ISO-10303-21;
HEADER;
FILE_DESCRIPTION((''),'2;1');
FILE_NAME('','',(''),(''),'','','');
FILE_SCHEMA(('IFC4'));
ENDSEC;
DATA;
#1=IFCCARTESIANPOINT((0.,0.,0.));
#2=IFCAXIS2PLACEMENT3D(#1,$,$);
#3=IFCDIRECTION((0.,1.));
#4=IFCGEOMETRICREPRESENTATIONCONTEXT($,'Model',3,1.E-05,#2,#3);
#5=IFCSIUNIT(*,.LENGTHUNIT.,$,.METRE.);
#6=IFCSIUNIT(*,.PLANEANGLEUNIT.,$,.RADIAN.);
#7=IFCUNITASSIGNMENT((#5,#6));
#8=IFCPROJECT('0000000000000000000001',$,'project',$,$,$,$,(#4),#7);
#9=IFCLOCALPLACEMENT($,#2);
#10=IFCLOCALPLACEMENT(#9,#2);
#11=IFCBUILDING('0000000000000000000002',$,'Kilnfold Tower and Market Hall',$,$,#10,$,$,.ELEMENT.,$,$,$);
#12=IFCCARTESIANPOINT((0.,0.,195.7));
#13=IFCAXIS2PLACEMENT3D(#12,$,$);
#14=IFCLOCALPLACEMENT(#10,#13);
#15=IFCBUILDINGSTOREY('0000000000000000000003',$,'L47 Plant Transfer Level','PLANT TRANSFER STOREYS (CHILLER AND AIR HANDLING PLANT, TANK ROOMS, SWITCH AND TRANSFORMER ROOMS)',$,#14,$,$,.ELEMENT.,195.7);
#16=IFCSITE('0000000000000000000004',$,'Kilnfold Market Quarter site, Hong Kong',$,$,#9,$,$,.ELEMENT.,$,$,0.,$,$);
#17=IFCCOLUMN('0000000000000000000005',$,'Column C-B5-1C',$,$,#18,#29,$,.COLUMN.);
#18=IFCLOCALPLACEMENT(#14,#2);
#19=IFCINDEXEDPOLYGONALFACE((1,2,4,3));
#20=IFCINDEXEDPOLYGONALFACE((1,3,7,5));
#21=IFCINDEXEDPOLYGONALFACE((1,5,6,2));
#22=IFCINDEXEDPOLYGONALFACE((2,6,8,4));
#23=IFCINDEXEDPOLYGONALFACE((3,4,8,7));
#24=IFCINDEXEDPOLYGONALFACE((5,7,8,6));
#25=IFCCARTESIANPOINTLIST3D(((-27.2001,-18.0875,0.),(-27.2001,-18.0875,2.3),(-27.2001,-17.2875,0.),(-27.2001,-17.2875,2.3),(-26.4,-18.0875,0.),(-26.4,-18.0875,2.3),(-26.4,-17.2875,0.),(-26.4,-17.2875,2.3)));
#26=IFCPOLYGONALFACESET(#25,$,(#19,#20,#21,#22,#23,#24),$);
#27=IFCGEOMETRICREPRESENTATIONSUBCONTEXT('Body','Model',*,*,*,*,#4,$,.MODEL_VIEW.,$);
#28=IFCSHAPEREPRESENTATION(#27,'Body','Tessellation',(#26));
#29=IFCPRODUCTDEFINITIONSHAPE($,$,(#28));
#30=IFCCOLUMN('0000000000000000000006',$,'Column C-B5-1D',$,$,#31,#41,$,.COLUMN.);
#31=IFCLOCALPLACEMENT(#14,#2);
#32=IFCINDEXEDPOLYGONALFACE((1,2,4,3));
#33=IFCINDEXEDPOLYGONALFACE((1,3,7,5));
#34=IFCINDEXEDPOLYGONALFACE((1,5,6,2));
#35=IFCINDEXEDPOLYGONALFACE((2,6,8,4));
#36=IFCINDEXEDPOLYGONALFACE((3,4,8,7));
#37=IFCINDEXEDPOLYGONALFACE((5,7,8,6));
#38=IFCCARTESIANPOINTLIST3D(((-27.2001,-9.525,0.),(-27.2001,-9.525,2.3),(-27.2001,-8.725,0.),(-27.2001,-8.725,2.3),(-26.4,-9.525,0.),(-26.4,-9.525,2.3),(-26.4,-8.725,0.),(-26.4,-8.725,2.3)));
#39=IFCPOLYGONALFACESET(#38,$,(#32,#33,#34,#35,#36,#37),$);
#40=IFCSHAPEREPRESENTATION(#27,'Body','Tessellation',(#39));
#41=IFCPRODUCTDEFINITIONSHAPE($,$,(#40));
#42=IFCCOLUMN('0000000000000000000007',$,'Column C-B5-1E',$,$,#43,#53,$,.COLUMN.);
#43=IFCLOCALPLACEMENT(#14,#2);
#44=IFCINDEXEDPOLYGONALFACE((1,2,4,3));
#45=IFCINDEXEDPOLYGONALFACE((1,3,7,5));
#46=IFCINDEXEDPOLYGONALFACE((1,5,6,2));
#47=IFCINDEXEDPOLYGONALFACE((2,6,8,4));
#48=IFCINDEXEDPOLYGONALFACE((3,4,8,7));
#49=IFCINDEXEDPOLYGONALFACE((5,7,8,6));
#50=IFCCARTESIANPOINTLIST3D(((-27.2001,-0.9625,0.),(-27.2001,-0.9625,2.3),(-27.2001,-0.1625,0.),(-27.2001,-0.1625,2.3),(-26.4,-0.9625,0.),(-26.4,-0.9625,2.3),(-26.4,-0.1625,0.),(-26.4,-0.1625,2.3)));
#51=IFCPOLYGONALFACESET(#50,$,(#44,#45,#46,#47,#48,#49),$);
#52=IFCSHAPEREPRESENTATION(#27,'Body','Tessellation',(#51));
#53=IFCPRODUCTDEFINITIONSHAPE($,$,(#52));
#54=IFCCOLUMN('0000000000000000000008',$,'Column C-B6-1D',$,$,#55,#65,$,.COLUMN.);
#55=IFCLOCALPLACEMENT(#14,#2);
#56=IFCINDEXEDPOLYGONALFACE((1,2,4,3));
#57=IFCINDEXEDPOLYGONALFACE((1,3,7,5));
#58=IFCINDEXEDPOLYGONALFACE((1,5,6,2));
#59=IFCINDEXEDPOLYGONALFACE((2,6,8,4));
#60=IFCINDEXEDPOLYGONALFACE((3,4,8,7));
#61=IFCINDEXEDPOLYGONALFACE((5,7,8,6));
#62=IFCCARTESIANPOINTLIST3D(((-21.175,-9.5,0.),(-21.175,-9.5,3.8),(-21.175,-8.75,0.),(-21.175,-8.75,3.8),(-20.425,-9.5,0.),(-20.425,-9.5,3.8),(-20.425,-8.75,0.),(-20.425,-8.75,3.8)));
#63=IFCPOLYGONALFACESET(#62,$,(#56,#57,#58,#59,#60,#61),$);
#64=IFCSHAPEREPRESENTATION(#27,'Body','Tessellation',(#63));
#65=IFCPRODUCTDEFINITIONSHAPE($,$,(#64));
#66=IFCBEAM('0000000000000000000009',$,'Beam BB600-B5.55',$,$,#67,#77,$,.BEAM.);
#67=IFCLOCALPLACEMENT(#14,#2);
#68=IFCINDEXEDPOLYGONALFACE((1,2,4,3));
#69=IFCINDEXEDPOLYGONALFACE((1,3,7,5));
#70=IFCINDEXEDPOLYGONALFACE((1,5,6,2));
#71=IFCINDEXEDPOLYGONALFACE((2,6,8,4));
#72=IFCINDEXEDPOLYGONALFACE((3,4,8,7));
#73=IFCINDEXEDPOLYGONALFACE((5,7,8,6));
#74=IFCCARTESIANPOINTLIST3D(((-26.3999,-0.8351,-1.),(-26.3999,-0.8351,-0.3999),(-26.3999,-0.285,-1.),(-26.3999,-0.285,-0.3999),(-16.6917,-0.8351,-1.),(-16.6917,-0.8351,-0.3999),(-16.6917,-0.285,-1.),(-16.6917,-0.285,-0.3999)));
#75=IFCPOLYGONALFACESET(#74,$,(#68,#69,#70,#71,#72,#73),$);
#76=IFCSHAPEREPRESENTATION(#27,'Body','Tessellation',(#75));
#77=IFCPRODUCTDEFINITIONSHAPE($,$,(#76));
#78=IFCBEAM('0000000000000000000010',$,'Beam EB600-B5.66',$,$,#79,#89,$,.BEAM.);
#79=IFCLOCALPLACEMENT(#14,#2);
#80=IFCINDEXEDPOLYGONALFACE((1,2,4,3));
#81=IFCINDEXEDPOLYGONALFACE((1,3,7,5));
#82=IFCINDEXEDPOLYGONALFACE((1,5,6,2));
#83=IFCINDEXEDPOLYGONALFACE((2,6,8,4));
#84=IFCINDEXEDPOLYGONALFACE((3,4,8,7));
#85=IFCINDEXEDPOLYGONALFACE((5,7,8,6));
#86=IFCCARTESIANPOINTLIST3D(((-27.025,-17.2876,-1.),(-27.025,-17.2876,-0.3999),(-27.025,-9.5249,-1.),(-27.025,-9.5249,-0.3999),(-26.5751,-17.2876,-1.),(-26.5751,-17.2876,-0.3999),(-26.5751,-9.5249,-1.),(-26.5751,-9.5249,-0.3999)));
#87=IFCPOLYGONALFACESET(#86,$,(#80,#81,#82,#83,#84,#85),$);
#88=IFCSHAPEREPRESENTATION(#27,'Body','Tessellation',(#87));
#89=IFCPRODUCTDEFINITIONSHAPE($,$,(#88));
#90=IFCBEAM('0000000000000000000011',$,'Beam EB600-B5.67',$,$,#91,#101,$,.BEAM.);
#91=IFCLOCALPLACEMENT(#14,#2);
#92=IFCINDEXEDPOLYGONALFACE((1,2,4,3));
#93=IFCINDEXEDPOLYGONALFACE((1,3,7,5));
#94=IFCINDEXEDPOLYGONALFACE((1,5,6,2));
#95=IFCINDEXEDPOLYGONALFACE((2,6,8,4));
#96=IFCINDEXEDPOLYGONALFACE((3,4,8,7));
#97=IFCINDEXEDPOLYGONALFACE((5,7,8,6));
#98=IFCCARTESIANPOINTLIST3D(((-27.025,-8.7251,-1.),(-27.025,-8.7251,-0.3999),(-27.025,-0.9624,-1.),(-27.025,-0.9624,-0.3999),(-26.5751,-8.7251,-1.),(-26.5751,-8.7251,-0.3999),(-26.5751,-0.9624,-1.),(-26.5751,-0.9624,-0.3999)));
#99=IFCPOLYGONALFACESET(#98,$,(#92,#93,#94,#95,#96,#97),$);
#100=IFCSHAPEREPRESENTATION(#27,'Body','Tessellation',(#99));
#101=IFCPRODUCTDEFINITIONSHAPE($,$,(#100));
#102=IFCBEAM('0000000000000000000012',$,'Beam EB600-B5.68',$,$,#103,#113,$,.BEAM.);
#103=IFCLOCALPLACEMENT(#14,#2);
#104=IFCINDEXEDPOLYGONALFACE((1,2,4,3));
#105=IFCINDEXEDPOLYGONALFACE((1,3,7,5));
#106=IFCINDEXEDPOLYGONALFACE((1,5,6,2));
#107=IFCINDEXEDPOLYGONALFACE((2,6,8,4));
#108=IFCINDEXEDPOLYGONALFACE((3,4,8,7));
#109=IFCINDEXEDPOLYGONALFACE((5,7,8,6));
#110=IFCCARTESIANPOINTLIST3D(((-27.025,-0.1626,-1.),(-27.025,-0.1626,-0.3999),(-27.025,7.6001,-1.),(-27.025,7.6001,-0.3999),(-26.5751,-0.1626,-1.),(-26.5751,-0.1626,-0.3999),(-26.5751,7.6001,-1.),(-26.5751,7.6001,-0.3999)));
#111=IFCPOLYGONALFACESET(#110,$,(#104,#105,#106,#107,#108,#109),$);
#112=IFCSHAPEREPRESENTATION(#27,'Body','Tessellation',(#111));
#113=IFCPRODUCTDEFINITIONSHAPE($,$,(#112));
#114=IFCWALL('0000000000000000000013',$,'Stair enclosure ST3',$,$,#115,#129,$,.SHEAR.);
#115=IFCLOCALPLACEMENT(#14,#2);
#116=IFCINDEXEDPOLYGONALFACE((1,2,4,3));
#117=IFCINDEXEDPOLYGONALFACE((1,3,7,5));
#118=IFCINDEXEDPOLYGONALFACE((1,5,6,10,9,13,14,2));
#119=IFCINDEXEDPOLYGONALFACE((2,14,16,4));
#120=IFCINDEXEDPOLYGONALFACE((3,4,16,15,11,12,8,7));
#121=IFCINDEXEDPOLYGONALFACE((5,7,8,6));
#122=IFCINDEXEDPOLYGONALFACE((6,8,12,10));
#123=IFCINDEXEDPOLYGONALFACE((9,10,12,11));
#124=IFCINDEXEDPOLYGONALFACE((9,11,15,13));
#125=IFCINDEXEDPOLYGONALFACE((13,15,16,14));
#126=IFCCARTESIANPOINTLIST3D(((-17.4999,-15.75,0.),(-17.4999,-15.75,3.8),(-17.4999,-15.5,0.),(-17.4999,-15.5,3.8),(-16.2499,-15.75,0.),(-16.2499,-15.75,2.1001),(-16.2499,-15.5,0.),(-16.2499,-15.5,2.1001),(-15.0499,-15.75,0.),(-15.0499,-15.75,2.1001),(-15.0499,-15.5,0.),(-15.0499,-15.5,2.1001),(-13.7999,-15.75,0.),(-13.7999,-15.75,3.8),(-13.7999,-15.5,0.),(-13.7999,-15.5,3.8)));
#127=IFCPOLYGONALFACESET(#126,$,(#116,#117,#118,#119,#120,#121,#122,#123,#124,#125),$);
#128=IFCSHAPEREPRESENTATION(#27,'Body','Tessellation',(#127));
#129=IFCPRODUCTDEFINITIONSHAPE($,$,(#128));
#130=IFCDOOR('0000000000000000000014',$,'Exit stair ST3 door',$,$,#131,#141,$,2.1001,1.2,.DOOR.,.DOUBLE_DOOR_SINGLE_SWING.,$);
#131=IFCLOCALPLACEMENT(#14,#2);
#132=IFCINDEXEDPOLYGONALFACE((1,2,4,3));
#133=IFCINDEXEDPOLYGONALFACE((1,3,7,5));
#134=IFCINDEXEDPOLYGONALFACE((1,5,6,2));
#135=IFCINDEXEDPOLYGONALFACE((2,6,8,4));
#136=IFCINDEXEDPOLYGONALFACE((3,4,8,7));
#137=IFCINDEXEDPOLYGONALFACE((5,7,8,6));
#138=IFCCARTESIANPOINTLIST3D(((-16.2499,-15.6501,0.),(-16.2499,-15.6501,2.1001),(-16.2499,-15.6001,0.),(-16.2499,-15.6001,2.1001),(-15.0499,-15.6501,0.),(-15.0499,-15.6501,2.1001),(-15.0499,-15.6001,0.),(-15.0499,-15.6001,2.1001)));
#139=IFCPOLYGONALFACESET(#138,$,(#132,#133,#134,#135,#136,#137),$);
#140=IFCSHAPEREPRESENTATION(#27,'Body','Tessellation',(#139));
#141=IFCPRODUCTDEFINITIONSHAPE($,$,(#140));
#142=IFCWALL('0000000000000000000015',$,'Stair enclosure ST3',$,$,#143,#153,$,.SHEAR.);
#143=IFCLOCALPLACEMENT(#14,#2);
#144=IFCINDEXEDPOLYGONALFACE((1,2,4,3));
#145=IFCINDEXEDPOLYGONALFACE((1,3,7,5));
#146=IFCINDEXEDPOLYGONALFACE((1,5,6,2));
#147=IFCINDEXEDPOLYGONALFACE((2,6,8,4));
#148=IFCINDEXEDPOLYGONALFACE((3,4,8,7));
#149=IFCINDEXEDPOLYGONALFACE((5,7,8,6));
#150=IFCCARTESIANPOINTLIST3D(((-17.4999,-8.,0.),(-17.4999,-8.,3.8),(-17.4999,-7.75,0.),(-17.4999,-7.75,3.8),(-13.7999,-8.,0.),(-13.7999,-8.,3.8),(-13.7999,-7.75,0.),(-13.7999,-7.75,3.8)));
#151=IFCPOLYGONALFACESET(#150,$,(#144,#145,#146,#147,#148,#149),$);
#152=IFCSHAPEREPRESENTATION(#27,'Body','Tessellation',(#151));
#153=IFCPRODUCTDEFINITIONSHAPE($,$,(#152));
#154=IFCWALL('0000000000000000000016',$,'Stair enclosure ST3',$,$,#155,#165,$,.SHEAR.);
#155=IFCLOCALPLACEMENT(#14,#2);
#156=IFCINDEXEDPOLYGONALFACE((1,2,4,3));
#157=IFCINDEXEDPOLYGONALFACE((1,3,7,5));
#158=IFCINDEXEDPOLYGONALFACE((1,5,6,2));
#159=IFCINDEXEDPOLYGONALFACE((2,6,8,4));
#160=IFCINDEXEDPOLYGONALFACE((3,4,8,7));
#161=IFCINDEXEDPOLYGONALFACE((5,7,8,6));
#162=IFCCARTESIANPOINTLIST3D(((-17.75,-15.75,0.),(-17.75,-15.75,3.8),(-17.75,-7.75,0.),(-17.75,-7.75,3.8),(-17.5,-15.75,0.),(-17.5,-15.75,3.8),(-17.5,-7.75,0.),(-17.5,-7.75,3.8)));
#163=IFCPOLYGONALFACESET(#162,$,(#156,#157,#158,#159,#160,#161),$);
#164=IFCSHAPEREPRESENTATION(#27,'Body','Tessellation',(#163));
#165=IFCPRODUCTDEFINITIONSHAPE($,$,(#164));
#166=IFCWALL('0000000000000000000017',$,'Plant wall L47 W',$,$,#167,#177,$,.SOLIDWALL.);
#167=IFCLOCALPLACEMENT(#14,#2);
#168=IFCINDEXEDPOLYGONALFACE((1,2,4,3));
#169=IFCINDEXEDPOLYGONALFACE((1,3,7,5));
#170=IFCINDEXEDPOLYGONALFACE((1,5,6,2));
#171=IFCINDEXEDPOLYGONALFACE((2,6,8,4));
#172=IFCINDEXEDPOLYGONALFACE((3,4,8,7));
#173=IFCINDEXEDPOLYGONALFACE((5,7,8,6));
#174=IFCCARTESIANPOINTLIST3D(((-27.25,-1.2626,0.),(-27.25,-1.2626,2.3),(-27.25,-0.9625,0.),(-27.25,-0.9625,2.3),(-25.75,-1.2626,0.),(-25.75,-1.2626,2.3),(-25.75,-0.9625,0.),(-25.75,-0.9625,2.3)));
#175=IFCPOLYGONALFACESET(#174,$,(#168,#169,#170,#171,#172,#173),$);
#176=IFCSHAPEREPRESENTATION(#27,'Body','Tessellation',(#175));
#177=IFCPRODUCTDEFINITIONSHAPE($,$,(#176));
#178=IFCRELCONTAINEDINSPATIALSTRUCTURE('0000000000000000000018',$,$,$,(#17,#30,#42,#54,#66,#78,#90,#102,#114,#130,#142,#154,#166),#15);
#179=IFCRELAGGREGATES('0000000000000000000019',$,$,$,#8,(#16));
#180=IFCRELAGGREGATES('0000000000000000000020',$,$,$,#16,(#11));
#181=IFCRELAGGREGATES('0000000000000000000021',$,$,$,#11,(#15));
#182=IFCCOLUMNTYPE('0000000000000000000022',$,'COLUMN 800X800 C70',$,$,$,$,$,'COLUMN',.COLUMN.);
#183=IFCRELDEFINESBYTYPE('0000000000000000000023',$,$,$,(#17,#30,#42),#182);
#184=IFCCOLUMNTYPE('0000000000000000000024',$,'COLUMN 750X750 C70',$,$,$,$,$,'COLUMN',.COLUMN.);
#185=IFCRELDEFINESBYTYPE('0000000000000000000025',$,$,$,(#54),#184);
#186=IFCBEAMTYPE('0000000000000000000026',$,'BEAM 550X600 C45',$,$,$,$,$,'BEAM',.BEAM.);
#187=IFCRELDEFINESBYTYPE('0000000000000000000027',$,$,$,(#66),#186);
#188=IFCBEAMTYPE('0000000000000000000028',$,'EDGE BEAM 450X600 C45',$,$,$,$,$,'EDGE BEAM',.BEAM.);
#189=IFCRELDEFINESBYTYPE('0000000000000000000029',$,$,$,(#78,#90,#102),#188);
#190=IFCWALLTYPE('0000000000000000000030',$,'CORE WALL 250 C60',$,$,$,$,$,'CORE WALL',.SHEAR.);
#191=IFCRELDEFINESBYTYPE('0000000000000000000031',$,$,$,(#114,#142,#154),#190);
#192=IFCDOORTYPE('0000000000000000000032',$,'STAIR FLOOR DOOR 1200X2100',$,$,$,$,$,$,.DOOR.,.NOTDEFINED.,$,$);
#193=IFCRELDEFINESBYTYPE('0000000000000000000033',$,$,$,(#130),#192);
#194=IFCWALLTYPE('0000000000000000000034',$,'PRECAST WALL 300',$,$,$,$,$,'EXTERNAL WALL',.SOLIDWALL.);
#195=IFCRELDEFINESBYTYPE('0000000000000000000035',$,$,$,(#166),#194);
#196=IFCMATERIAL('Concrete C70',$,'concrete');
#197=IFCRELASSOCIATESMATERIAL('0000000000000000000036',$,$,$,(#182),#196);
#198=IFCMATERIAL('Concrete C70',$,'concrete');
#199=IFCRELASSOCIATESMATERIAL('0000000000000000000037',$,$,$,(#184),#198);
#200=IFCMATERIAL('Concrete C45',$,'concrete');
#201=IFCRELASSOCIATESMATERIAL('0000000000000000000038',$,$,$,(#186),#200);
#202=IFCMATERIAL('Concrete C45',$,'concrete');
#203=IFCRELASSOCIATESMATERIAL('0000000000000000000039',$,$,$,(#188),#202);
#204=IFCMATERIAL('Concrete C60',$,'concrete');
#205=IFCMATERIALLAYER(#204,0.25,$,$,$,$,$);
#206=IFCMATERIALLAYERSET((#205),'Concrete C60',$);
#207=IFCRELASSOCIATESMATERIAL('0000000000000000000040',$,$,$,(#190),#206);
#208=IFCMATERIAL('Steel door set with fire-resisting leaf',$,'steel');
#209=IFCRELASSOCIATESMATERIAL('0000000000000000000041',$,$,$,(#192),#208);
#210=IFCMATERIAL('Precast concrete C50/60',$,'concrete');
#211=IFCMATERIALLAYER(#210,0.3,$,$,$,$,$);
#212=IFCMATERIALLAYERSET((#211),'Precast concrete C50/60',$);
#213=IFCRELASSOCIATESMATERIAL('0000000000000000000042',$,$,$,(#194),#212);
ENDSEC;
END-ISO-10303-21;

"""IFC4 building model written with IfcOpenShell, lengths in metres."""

from ifc_helpers import new_model, si_unit, direction, frame, frame_2d, origin, origin_2d, place, context, subcontext, project, spatial, rectangle, extrude, source, transform, mapped, material, layer, layer_set, material_profile, profile_set, type_object, element, fill, save


model = new_model("IFC4")

# Units and contexts
model_context = context("Model", 3, precision=1e-05, world=origin(), true_north=direction((0.0, 1.0)))
body_context = subcontext(model_context, "Body", "Model", "MODEL_VIEW")
ifc_project = project(units=[si_unit("LENGTHUNIT", "METRE"), si_unit("PLANEANGLEUNIT", "RADIAN")], contexts=[model_context])

# Site, building, storey
site_placement = place(None, origin())
site = spatial("IfcSite", under=ifc_project, at=site_placement, Name="Kilnfold Market Quarter site, Hong Kong", CompositionType="ELEMENT", RefElevation=0.0)
building_placement = place(site_placement, origin())
building = spatial("IfcBuilding", under=site, at=building_placement, Name="Kilnfold Tower and Market Hall", CompositionType="ELEMENT")
storey_placement = place(building_placement, frame((0.0, 0.0, 195.7)))
storey = spatial("IfcBuildingStorey", under=building, at=storey_placement, Name="L47 Plant Transfer Level", Description="PLANT TRANSFER STOREYS (CHILLER AND AIR HANDLING PLANT, TANK ROOMS, SWITCH AND TRANSFORMER ROOMS)", CompositionType="ELEMENT", Elevation=195.7)

# Columns
ifc_material_1 = material(Name="Concrete C70", Category="concrete")
ifc_material_profile_1 = material_profile(ifc_material_1, rectangle(XDim=0.8, YDim=0.8, at=origin_2d()), Name="RC 800x800")
ifc_profile_set_1 = profile_set([ifc_material_profile_1], Name="Concrete C70")
column_type_1 = type_object("IfcColumnType", Name="COLUMN 800X800 C70", ElementType="COLUMN", PredefinedType="COLUMN", material=ifc_profile_set_1)
shared_shape_1 = source(origin(), body_context, "Body", "SweptSolid", [
    extrude(rectangle(XDim=0.8, YDim=0.8, at=origin_2d()), origin(), (0.0, 0.0, 1.0), 2.3),
])
for number, where, z_axis, x_axis, name in (
    (1, (-26.8, -17.6875, 0.0), (0.0, 0.0, 1.0), (1.0, 0.0, 0.0), "Column C-B5-1C"),
    (2, (-26.8, -9.125, 0.0), (0.0, 0.0, 1.0), (1.0, 0.0, 0.0), "Column C-B5-1D"),
    (3, (-26.8, -0.5625, 0.0), (0.0, 0.0, 1.0), (1.0, 0.0, 0.0), "Column C-B5-1E"),
):
    element("IfcColumn", number, at=place(storey_placement, frame(where, z_axis=z_axis, x_axis=x_axis)), inside=storey, type_object=column_type_1, Name=name, PredefinedType="COLUMN", context=body_context, shape_type="MappedRepresentation", body=[
        mapped(shared_shape_1, transform((0.0, 0.0, 0.0))),
    ])
ifc_material_2 = material(Name="Concrete C70", Category="concrete")
ifc_material_profile_2 = material_profile(ifc_material_2, rectangle(XDim=0.75, YDim=0.75, at=origin_2d()), Name="RC 750x750")
ifc_profile_set_2 = profile_set([ifc_material_profile_2], Name="Concrete C70")
column_type_2 = type_object("IfcColumnType", Name="COLUMN 750X750 C70", ElementType="COLUMN", PredefinedType="COLUMN", material=ifc_profile_set_2)
shared_shape_2 = source(origin(), body_context, "Body", "SweptSolid", [
    extrude(rectangle(XDim=0.75, YDim=0.75, at=origin_2d()), origin(), (0.0, 0.0, 1.0), 3.8),
])
column_placement = place(storey_placement, frame((-20.8, -9.125, 0.0), z_axis=(0.0, 0.0, 1.0), x_axis=(1.0, 0.0, 0.0)))
element("IfcColumn", 4, at=column_placement, inside=storey, type_object=column_type_2, Name="Column C-B6-1D", PredefinedType="COLUMN", context=body_context, shape_type="MappedRepresentation", body=[
    mapped(shared_shape_2, transform((0.0, 0.0, 0.0))),
])

# Beams
ifc_material_3 = material(Name="Concrete C45", Category="concrete")
ifc_material_profile_3 = material_profile(ifc_material_3, rectangle(XDim=0.55, YDim=0.6001, at=origin_2d()), Name="RC 550x600")
ifc_profile_set_3 = profile_set([ifc_material_profile_3], Name="Concrete C45")
beam_type_1 = type_object("IfcBeamType", Name="BEAM 550X600 C45", ElementType="BEAM", PredefinedType="BEAM", material=ifc_profile_set_3)
shared_shape_3 = source(origin(), body_context, "Body", "SweptSolid", [
    extrude(rectangle(XDim=0.55, YDim=0.6001, at=origin_2d()), origin(), (0.0, 0.0, 1.0), 9.7083),
])
beam_placement = place(storey_placement, frame((-26.3999, -0.5601, -0.7), z_axis=(1.0, 0.0, 0.0), x_axis=(0.0, 1.0, 0.0)))
element("IfcBeam", 5, at=beam_placement, inside=storey, type_object=beam_type_1, Name="Beam BB600-B5.55", PredefinedType="BEAM", context=body_context, shape_type="MappedRepresentation", body=[
    mapped(shared_shape_3, transform((0.0, 0.0, 0.0))),
])
ifc_material_4 = material(Name="Concrete C45", Category="concrete")
ifc_material_profile_4 = material_profile(ifc_material_4, rectangle(XDim=0.45, YDim=0.6001, at=origin_2d()), Name="RC 450x600")
ifc_profile_set_4 = profile_set([ifc_material_profile_4], Name="Concrete C45")
beam_type_2 = type_object("IfcBeamType", Name="EDGE BEAM 450X600 C45", ElementType="EDGE BEAM", PredefinedType="BEAM", material=ifc_profile_set_4)
shared_shape_4 = source(origin(), body_context, "Body", "SweptSolid", [
    extrude(rectangle(XDim=0.45, YDim=0.6001, at=origin_2d()), origin(), (0.0, 0.0, 1.0), 7.7627),
])
for number, where, z_axis, x_axis, name in (
    (6, (-26.8, -17.2876, -0.7), (0.0, 1.0, 0.0), (-1.0, 0.0, 0.0), "Beam EB600-B5.66"),
    (7, (-26.8, -8.7251, -0.7), (0.0, 1.0, 0.0), (-1.0, 0.0, 0.0), "Beam EB600-B5.67"),
    (8, (-26.8, -0.1626, -0.7), (0.0, 1.0, 0.0), (-1.0, 0.0, 0.0), "Beam EB600-B5.68"),
):
    element("IfcBeam", number, at=place(storey_placement, frame(where, z_axis=z_axis, x_axis=x_axis)), inside=storey, type_object=beam_type_2, Name=name, PredefinedType="BEAM", context=body_context, shape_type="MappedRepresentation", body=[
        mapped(shared_shape_4, transform((0.0, 0.0, 0.0))),
    ])

# Wall, opening, door
ifc_material_5 = material(Name="Concrete C60", Category="concrete")
ifc_layer_1 = layer(ifc_material_5, 0.25)
ifc_layer_set_1 = layer_set([ifc_layer_1], Name="Concrete C60")
wall_type_1 = type_object("IfcWallType", Name="CORE WALL 250 C60", ElementType="CORE WALL", PredefinedType="SHEAR", material=ifc_layer_set_1)
shared_shape_5 = source(origin(), body_context, "Body", "SweptSolid", [
    extrude(rectangle(XDim=3.7, YDim=0.25, at=frame_2d((1.8501, 0.0))), origin(), (0.0, 0.0, 1.0), 3.8),
])
wall_1_placement = place(storey_placement, frame((-17.5, -15.625, 0.0), z_axis=(0.0, 0.0, 1.0), x_axis=(1.0, 0.0, 0.0)))
wall_1 = element("IfcWall", 9, at=wall_1_placement, inside=storey, type_object=wall_type_1, Name="Stair enclosure ST3", PredefinedType="SHEAR", context=body_context, shape_type="MappedRepresentation", body=[
    mapped(shared_shape_5, transform((0.0, 0.0, 0.0))),
])
opening_placement = place(wall_1_placement, frame((1.25, 0.0, 0.0)))
opening = element("IfcOpeningElement", 10, at=opening_placement, cuts=wall_1, PredefinedType="OPENING", context=body_context, shape_type="SweptSolid", body=[
    extrude(rectangle(XDim=1.2, YDim=2.1001, at=frame_2d((0.6001, 1.05))), frame((0.0, 0.135, 0.0), z_axis=(0.0, -1.0, 0.0), x_axis=(1.0, 0.0, 0.0)), (0.0, 0.0, 1.0), 0.27),
])
ifc_material_6 = material(Name="Steel door set with fire-resisting leaf", Category="steel")
door_type = type_object("IfcDoorType", Name="STAIR FLOOR DOOR 1200X2100", OperationType="NOTDEFINED", PredefinedType="DOOR", material=ifc_material_6)
door_placement = place(opening_placement, origin())
door = element("IfcDoor", 11, at=door_placement, inside=storey, type_object=door_type, Name="Exit stair ST3 door", OperationType="DOUBLE_DOOR_SINGLE_SWING", OverallHeight=2.1001, OverallWidth=1.2, PredefinedType="DOOR", context=body_context, shape_type="SweptSolid", body=[
    extrude(rectangle(XDim=1.2, YDim=2.1001, at=frame_2d((0.6001, 1.05))), frame((0.0, 0.0249, 0.0), z_axis=(0.0, -1.0, 0.0), x_axis=(1.0, 0.0, 0.0)), (0.0, 0.0, 1.0), 0.05),
])
fill(opening, door)

# Walls
wall_2_placement = place(storey_placement, frame((-17.5, -7.875, 0.0), z_axis=(0.0, 0.0, 1.0), x_axis=(1.0, 0.0, 0.0)))
element("IfcWall", 12, at=wall_2_placement, inside=storey, type_object=wall_type_1, Name="Stair enclosure ST3", PredefinedType="SHEAR", context=body_context, shape_type="MappedRepresentation", body=[
    mapped(shared_shape_5, transform((0.0, 0.0, 0.0))),
])
shared_shape_6 = source(origin(), body_context, "Body", "SweptSolid", [
    extrude(rectangle(XDim=8.0, YDim=0.25, at=frame_2d((4.0, 0.0))), origin(), (0.0, 0.0, 1.0), 3.8),
])
wall_3_placement = place(storey_placement, frame((-17.625, -15.75, 0.0), z_axis=(0.0, 0.0, 1.0), x_axis=(0.0, 1.0, 0.0)))
element("IfcWall", 13, at=wall_3_placement, inside=storey, type_object=wall_type_1, Name="Stair enclosure ST3", PredefinedType="SHEAR", context=body_context, shape_type="MappedRepresentation", body=[
    mapped(shared_shape_6, transform((0.0, 0.0, 0.0))),
])
ifc_material_7 = material(Name="Precast concrete C50/60", Category="concrete")
ifc_layer_2 = layer(ifc_material_7, 0.3)
ifc_layer_set_2 = layer_set([ifc_layer_2], Name="Precast concrete C50/60")
wall_type_2 = type_object("IfcWallType", Name="PRECAST WALL 300", ElementType="EXTERNAL WALL", PredefinedType="SOLIDWALL", material=ifc_layer_set_2)
shared_shape_7 = source(origin(), body_context, "Body", "SweptSolid", [
    extrude(rectangle(XDim=1.5, YDim=0.3, at=frame_2d((0.75, 0.0))), origin(), (0.0, 0.0, 1.0), 2.3),
])
for number, where, z_axis, x_axis, name in (
    (14, (-27.25, -1.1125, 0.0), (0.0, 0.0, 1.0), (1.0, 0.0, 0.0), "Plant wall L47 W"),
):
    element("IfcWall", number, at=place(storey_placement, frame(where, z_axis=z_axis, x_axis=x_axis)), inside=storey, type_object=wall_type_2, Name=name, PredefinedType="SOLIDWALL", context=body_context, shape_type="MappedRepresentation", body=[
        mapped(shared_shape_7, transform((0.0, 0.0, 0.0))),
    ])

save(model, "model.ifc")
